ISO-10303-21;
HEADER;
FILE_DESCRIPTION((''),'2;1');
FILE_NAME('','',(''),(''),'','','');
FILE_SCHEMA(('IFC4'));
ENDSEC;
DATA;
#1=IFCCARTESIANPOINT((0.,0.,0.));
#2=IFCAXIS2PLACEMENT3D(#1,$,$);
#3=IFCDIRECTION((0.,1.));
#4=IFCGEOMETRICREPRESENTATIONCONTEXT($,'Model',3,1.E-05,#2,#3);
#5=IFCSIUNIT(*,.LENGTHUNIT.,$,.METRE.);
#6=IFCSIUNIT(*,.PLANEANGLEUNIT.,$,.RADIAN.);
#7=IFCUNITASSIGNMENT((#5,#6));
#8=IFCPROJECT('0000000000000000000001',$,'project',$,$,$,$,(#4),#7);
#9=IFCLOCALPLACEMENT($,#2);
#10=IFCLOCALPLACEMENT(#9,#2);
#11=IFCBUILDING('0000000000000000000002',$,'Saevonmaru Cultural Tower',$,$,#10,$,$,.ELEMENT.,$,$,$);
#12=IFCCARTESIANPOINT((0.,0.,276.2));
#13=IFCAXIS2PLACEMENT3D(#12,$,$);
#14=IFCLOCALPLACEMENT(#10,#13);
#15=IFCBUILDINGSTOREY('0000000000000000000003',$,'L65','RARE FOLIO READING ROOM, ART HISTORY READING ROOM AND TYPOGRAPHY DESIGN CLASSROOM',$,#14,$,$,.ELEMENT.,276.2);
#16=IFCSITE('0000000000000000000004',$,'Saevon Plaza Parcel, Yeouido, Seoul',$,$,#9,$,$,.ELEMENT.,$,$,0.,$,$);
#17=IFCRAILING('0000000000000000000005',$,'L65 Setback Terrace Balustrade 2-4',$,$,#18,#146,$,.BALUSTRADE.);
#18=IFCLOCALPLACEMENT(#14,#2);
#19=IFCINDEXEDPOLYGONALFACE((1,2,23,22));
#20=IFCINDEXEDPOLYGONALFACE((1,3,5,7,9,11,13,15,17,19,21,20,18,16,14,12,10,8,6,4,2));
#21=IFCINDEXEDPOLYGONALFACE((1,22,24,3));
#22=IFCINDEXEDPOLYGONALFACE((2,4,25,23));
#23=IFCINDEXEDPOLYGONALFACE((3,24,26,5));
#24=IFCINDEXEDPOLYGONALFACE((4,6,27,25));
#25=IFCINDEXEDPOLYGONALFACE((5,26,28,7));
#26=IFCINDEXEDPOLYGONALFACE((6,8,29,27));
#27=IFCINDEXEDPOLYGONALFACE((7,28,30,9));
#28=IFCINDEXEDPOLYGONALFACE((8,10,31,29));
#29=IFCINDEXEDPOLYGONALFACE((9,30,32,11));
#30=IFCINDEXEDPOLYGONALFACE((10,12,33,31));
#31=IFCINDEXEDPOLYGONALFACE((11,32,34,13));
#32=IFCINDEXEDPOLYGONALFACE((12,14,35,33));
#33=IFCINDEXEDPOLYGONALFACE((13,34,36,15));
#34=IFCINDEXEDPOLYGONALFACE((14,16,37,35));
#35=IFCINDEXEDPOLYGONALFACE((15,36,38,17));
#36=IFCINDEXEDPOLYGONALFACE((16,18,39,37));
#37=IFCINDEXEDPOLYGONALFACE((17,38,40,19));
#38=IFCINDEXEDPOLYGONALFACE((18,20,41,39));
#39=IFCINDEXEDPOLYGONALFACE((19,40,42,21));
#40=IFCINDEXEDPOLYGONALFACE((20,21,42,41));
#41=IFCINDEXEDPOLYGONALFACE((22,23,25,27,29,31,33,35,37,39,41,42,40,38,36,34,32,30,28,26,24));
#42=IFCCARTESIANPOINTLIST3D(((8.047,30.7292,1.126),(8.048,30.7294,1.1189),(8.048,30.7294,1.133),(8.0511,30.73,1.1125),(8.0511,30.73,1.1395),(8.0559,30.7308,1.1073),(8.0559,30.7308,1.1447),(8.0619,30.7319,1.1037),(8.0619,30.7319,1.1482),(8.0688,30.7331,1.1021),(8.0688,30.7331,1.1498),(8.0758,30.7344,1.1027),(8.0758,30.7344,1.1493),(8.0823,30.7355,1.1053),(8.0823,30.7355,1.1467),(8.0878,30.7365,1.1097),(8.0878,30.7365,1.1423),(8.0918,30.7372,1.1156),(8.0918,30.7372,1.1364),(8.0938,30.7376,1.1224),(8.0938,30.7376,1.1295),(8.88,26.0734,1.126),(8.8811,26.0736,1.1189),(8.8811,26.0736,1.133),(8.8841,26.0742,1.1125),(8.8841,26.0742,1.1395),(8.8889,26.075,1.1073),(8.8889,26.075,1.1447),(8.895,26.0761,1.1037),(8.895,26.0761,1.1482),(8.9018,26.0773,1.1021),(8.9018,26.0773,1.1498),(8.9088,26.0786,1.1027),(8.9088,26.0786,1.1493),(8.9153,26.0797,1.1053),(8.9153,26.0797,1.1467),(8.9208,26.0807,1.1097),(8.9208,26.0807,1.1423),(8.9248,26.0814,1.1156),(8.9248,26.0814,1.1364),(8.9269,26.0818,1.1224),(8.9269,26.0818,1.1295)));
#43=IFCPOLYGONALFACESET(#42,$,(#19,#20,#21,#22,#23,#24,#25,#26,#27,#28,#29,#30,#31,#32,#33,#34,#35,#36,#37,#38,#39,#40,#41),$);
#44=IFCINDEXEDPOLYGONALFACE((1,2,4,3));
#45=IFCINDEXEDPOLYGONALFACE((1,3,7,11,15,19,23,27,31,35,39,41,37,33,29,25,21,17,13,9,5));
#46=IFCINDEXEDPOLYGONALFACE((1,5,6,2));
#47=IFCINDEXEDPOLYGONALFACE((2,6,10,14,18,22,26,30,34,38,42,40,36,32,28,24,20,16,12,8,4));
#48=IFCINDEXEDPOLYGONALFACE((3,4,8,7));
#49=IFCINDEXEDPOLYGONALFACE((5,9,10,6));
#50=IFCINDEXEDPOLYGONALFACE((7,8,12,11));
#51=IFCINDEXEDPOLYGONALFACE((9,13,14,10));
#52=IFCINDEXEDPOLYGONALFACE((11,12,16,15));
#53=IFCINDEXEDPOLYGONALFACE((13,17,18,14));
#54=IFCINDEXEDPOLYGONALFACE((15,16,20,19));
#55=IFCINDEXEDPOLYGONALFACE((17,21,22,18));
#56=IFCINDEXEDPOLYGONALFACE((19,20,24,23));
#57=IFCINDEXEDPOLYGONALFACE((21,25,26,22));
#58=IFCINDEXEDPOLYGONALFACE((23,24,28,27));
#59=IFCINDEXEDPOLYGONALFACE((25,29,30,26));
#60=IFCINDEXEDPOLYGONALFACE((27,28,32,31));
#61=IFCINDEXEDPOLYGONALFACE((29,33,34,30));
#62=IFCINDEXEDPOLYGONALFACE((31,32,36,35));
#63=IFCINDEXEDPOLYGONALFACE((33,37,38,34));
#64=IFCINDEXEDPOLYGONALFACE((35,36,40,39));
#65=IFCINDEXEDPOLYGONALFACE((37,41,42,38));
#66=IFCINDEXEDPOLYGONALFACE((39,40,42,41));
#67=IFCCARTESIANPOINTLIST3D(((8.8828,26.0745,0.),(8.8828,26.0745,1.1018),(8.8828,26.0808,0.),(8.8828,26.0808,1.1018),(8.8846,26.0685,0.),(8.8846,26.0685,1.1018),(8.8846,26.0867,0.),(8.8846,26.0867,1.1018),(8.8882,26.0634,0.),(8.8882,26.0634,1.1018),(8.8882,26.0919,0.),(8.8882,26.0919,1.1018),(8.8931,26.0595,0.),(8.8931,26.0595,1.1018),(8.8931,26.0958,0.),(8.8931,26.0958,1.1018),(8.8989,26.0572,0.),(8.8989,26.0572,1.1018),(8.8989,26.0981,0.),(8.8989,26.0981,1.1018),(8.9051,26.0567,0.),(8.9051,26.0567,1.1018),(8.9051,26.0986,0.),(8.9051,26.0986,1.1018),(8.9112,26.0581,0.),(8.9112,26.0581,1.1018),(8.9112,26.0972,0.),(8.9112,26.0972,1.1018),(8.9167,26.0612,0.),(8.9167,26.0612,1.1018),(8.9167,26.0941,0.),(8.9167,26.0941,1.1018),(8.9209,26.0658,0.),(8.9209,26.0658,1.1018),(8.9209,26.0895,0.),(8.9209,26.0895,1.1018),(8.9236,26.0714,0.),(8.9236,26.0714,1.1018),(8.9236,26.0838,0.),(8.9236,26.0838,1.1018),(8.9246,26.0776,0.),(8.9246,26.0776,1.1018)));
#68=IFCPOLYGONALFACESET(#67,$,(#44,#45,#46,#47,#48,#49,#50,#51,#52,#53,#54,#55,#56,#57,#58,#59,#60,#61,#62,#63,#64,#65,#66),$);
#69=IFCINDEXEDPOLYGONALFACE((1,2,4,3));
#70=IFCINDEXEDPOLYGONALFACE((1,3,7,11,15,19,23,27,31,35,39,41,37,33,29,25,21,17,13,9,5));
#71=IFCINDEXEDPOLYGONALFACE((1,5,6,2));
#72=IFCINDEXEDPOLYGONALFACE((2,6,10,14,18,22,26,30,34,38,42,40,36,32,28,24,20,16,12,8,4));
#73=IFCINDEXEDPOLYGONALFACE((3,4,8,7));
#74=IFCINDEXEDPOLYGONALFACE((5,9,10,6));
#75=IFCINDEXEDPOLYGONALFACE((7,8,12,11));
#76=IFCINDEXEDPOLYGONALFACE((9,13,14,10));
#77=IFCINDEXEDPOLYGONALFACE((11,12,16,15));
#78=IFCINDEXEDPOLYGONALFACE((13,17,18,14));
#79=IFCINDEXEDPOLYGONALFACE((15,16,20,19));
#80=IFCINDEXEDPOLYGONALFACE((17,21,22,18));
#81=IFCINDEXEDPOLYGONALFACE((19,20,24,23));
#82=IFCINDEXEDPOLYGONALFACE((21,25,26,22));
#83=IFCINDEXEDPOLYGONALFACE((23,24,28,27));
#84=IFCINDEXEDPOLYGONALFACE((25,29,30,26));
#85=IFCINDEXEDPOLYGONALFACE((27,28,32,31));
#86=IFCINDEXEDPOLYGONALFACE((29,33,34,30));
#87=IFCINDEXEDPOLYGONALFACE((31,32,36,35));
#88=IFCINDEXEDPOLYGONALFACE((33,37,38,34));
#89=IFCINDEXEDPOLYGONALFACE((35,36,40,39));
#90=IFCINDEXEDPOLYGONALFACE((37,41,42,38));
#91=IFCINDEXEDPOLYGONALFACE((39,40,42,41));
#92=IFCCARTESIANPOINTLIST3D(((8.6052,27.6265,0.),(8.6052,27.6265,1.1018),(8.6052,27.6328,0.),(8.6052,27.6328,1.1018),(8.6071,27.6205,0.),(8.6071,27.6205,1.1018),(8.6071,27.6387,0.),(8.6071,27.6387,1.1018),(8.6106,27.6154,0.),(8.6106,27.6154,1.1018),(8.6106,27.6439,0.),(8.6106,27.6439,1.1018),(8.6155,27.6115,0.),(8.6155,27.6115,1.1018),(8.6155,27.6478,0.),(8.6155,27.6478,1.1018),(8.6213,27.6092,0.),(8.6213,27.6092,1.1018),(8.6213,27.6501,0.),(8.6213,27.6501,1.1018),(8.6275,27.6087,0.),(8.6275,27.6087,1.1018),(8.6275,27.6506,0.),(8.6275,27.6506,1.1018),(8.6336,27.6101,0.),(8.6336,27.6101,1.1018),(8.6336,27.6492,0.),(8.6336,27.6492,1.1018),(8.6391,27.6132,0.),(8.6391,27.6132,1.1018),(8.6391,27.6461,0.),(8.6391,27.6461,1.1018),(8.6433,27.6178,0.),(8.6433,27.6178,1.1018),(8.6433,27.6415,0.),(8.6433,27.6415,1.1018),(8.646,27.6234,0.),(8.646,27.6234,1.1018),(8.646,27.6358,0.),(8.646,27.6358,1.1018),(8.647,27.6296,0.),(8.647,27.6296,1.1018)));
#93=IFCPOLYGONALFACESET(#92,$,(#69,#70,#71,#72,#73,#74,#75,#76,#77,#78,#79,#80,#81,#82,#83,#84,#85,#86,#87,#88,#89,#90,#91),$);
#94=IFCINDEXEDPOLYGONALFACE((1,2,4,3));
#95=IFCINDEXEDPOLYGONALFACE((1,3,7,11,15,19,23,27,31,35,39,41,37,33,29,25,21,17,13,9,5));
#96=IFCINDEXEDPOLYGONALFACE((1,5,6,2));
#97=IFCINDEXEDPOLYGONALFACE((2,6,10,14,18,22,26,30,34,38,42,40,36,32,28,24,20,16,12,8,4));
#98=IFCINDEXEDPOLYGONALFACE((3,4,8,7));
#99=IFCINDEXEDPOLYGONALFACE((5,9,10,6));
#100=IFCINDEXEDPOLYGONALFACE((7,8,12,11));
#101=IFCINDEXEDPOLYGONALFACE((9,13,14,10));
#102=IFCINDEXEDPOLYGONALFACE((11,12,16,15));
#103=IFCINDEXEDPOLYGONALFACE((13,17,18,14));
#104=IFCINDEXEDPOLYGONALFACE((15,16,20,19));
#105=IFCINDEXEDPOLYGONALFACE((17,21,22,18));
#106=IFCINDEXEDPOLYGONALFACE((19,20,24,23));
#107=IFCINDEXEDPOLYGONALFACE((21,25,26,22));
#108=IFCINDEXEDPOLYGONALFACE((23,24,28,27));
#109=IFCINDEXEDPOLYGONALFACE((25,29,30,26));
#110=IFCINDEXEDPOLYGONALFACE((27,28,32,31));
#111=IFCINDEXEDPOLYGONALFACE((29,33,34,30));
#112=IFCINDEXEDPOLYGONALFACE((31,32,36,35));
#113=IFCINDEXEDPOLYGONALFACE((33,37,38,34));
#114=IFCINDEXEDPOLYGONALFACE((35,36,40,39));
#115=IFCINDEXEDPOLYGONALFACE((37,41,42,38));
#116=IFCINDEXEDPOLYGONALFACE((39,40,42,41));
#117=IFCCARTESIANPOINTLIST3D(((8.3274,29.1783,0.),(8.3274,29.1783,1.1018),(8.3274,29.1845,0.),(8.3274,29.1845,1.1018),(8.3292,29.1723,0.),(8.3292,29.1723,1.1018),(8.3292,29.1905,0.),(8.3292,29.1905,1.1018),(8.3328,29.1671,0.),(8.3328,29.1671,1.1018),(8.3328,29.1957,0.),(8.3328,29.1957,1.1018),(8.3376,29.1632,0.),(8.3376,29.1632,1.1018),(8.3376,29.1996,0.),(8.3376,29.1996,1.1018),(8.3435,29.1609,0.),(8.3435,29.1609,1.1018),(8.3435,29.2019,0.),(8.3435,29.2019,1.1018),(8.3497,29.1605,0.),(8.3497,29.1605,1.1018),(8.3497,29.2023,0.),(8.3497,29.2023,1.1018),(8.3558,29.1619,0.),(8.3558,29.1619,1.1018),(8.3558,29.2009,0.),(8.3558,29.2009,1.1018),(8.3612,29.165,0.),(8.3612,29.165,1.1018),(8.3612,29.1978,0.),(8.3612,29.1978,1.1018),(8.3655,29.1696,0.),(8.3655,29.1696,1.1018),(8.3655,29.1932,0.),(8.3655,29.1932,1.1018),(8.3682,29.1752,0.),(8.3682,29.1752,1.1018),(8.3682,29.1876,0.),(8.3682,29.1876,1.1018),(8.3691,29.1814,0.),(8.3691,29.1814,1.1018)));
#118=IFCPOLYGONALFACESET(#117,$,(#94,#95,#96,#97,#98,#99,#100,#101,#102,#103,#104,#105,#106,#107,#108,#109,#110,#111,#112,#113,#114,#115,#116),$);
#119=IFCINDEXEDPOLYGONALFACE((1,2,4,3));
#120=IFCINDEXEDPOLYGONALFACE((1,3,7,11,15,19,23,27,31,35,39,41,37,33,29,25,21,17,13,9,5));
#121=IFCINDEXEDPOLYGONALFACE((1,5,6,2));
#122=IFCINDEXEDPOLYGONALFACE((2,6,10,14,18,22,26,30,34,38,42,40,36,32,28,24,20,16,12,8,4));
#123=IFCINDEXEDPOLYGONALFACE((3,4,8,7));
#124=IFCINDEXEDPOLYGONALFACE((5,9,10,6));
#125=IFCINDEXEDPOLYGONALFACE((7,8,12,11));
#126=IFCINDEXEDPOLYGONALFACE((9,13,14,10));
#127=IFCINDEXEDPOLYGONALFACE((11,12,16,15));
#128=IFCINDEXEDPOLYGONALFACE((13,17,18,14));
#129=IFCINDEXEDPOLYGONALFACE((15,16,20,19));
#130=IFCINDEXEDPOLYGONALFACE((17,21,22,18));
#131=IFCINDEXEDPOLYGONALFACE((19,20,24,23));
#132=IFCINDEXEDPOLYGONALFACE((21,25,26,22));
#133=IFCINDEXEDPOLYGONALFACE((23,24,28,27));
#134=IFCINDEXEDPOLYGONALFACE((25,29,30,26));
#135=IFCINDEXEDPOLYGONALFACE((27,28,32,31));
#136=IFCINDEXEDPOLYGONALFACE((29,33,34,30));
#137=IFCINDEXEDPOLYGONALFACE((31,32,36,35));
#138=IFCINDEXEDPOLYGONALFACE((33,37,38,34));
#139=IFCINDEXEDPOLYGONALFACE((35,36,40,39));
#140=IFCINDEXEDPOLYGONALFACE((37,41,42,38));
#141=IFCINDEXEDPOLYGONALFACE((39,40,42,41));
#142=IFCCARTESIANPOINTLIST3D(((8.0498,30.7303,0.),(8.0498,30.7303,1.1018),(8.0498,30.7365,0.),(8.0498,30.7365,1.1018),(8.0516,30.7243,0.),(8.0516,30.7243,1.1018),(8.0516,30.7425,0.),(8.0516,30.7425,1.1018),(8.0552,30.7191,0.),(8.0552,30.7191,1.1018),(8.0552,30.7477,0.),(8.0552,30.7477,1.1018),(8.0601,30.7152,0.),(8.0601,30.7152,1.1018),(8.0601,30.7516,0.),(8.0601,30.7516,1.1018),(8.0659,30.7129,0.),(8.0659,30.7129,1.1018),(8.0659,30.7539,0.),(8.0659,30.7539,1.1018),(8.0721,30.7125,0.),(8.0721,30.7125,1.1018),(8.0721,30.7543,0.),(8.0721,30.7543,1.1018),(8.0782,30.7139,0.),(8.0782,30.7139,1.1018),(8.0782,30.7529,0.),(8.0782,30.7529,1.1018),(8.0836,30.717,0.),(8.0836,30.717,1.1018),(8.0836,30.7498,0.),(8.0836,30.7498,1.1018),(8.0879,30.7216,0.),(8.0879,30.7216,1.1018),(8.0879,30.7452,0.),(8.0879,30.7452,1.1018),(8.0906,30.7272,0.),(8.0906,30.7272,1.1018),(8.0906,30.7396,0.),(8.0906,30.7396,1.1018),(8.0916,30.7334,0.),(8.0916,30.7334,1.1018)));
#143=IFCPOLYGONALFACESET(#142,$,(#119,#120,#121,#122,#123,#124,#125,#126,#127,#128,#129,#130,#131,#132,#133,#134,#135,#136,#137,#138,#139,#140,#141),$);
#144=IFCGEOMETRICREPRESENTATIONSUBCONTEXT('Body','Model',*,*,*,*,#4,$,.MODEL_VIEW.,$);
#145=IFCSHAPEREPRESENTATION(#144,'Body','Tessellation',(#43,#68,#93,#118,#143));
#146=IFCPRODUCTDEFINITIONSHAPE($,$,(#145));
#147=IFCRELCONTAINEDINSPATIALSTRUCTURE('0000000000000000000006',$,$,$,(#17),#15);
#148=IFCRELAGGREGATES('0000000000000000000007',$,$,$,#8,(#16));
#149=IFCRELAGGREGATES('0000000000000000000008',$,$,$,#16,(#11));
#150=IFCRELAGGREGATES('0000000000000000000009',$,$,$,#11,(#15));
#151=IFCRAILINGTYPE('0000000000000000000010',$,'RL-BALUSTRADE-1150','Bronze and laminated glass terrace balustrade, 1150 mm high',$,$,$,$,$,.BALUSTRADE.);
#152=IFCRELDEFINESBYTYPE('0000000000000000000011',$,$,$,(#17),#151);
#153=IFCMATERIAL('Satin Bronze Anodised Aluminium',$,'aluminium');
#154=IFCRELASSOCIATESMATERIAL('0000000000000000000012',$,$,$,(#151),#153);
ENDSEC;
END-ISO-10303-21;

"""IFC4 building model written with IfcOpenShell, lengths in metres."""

from ifc_helpers import new_model, si_unit, direction, frame, origin, origin_2d, place, context, subcontext, project, spatial, circle, extrude, material, type_object, element, save


model = new_model("IFC4")

# Units and contexts
model_context = context("Model", 3, precision=1e-05, world=origin(), true_north=direction((0.0, 1.0)))
body_context = subcontext(model_context, "Body", "Model", "MODEL_VIEW")
ifc_project = project(units=[si_unit("LENGTHUNIT", "METRE"), si_unit("PLANEANGLEUNIT", "RADIAN")], contexts=[model_context])

# Site, building, storey
site_placement = place(None, origin())
site = spatial("IfcSite", under=ifc_project, at=site_placement, Name="Saevon Plaza Parcel, Yeouido, Seoul", CompositionType="ELEMENT", RefElevation=0.0)
building_placement = place(site_placement, origin())
building = spatial("IfcBuilding", under=site, at=building_placement, Name="Saevonmaru Cultural Tower", CompositionType="ELEMENT")
storey_placement = place(building_placement, frame((0.0, 0.0, 276.2)))
storey = spatial("IfcBuildingStorey", under=building, at=storey_placement, Name="L65", Description="RARE FOLIO READING ROOM, ART HISTORY READING ROOM AND TYPOGRAPHY DESIGN CLASSROOM", CompositionType="ELEMENT", Elevation=276.2)

# Shared definitions
ifc_material_1 = material(Name="Satin Bronze Anodised Aluminium", Category="aluminium")

# Railing
railing_type = type_object("IfcRailingType", Name="RL-BALUSTRADE-1150", Description="Bronze and laminated glass terrace balustrade, 1150 mm high", PredefinedType="BALUSTRADE", material=ifc_material_1)
railing_1_placement = place(storey_placement, frame((8.9036, 26.0776, 0.0)))
element("IfcRailing", 1, at=railing_1_placement, inside=storey, type_object=railing_type, Name="L65 Setback Terrace Balustrade 2-4", PredefinedType="BALUSTRADE", context=body_context, shape_type="SweptSolid", body=[
    extrude(circle(Radius=0.0239, at=origin_2d()), frame((0.0, 0.0, 1.126), z_axis=(-0.176123, 0.984368, 0.0), x_axis=(-0.984368, -0.176123, 0.0)), (0.0, 0.0, 1.0), 4.7297),
    extrude(circle(Radius=0.021, at=origin_2d()), origin(), (0.0, 0.0, 1.0), 1.1018),
    extrude(circle(Radius=0.021, at=origin_2d()), frame((-0.2776, 1.552, 0.0)), (0.0, 0.0, 1.0), 1.1018),
    extrude(circle(Radius=0.021, at=origin_2d()), frame((-0.5554, 3.1038, 0.0)), (0.0, 0.0, 1.0), 1.1018),
    extrude(circle(Radius=0.021, at=origin_2d()), frame((-0.833, 4.6558, 0.0)), (0.0, 0.0, 1.0), 1.1018),
])

save(model, "model.ifc")
